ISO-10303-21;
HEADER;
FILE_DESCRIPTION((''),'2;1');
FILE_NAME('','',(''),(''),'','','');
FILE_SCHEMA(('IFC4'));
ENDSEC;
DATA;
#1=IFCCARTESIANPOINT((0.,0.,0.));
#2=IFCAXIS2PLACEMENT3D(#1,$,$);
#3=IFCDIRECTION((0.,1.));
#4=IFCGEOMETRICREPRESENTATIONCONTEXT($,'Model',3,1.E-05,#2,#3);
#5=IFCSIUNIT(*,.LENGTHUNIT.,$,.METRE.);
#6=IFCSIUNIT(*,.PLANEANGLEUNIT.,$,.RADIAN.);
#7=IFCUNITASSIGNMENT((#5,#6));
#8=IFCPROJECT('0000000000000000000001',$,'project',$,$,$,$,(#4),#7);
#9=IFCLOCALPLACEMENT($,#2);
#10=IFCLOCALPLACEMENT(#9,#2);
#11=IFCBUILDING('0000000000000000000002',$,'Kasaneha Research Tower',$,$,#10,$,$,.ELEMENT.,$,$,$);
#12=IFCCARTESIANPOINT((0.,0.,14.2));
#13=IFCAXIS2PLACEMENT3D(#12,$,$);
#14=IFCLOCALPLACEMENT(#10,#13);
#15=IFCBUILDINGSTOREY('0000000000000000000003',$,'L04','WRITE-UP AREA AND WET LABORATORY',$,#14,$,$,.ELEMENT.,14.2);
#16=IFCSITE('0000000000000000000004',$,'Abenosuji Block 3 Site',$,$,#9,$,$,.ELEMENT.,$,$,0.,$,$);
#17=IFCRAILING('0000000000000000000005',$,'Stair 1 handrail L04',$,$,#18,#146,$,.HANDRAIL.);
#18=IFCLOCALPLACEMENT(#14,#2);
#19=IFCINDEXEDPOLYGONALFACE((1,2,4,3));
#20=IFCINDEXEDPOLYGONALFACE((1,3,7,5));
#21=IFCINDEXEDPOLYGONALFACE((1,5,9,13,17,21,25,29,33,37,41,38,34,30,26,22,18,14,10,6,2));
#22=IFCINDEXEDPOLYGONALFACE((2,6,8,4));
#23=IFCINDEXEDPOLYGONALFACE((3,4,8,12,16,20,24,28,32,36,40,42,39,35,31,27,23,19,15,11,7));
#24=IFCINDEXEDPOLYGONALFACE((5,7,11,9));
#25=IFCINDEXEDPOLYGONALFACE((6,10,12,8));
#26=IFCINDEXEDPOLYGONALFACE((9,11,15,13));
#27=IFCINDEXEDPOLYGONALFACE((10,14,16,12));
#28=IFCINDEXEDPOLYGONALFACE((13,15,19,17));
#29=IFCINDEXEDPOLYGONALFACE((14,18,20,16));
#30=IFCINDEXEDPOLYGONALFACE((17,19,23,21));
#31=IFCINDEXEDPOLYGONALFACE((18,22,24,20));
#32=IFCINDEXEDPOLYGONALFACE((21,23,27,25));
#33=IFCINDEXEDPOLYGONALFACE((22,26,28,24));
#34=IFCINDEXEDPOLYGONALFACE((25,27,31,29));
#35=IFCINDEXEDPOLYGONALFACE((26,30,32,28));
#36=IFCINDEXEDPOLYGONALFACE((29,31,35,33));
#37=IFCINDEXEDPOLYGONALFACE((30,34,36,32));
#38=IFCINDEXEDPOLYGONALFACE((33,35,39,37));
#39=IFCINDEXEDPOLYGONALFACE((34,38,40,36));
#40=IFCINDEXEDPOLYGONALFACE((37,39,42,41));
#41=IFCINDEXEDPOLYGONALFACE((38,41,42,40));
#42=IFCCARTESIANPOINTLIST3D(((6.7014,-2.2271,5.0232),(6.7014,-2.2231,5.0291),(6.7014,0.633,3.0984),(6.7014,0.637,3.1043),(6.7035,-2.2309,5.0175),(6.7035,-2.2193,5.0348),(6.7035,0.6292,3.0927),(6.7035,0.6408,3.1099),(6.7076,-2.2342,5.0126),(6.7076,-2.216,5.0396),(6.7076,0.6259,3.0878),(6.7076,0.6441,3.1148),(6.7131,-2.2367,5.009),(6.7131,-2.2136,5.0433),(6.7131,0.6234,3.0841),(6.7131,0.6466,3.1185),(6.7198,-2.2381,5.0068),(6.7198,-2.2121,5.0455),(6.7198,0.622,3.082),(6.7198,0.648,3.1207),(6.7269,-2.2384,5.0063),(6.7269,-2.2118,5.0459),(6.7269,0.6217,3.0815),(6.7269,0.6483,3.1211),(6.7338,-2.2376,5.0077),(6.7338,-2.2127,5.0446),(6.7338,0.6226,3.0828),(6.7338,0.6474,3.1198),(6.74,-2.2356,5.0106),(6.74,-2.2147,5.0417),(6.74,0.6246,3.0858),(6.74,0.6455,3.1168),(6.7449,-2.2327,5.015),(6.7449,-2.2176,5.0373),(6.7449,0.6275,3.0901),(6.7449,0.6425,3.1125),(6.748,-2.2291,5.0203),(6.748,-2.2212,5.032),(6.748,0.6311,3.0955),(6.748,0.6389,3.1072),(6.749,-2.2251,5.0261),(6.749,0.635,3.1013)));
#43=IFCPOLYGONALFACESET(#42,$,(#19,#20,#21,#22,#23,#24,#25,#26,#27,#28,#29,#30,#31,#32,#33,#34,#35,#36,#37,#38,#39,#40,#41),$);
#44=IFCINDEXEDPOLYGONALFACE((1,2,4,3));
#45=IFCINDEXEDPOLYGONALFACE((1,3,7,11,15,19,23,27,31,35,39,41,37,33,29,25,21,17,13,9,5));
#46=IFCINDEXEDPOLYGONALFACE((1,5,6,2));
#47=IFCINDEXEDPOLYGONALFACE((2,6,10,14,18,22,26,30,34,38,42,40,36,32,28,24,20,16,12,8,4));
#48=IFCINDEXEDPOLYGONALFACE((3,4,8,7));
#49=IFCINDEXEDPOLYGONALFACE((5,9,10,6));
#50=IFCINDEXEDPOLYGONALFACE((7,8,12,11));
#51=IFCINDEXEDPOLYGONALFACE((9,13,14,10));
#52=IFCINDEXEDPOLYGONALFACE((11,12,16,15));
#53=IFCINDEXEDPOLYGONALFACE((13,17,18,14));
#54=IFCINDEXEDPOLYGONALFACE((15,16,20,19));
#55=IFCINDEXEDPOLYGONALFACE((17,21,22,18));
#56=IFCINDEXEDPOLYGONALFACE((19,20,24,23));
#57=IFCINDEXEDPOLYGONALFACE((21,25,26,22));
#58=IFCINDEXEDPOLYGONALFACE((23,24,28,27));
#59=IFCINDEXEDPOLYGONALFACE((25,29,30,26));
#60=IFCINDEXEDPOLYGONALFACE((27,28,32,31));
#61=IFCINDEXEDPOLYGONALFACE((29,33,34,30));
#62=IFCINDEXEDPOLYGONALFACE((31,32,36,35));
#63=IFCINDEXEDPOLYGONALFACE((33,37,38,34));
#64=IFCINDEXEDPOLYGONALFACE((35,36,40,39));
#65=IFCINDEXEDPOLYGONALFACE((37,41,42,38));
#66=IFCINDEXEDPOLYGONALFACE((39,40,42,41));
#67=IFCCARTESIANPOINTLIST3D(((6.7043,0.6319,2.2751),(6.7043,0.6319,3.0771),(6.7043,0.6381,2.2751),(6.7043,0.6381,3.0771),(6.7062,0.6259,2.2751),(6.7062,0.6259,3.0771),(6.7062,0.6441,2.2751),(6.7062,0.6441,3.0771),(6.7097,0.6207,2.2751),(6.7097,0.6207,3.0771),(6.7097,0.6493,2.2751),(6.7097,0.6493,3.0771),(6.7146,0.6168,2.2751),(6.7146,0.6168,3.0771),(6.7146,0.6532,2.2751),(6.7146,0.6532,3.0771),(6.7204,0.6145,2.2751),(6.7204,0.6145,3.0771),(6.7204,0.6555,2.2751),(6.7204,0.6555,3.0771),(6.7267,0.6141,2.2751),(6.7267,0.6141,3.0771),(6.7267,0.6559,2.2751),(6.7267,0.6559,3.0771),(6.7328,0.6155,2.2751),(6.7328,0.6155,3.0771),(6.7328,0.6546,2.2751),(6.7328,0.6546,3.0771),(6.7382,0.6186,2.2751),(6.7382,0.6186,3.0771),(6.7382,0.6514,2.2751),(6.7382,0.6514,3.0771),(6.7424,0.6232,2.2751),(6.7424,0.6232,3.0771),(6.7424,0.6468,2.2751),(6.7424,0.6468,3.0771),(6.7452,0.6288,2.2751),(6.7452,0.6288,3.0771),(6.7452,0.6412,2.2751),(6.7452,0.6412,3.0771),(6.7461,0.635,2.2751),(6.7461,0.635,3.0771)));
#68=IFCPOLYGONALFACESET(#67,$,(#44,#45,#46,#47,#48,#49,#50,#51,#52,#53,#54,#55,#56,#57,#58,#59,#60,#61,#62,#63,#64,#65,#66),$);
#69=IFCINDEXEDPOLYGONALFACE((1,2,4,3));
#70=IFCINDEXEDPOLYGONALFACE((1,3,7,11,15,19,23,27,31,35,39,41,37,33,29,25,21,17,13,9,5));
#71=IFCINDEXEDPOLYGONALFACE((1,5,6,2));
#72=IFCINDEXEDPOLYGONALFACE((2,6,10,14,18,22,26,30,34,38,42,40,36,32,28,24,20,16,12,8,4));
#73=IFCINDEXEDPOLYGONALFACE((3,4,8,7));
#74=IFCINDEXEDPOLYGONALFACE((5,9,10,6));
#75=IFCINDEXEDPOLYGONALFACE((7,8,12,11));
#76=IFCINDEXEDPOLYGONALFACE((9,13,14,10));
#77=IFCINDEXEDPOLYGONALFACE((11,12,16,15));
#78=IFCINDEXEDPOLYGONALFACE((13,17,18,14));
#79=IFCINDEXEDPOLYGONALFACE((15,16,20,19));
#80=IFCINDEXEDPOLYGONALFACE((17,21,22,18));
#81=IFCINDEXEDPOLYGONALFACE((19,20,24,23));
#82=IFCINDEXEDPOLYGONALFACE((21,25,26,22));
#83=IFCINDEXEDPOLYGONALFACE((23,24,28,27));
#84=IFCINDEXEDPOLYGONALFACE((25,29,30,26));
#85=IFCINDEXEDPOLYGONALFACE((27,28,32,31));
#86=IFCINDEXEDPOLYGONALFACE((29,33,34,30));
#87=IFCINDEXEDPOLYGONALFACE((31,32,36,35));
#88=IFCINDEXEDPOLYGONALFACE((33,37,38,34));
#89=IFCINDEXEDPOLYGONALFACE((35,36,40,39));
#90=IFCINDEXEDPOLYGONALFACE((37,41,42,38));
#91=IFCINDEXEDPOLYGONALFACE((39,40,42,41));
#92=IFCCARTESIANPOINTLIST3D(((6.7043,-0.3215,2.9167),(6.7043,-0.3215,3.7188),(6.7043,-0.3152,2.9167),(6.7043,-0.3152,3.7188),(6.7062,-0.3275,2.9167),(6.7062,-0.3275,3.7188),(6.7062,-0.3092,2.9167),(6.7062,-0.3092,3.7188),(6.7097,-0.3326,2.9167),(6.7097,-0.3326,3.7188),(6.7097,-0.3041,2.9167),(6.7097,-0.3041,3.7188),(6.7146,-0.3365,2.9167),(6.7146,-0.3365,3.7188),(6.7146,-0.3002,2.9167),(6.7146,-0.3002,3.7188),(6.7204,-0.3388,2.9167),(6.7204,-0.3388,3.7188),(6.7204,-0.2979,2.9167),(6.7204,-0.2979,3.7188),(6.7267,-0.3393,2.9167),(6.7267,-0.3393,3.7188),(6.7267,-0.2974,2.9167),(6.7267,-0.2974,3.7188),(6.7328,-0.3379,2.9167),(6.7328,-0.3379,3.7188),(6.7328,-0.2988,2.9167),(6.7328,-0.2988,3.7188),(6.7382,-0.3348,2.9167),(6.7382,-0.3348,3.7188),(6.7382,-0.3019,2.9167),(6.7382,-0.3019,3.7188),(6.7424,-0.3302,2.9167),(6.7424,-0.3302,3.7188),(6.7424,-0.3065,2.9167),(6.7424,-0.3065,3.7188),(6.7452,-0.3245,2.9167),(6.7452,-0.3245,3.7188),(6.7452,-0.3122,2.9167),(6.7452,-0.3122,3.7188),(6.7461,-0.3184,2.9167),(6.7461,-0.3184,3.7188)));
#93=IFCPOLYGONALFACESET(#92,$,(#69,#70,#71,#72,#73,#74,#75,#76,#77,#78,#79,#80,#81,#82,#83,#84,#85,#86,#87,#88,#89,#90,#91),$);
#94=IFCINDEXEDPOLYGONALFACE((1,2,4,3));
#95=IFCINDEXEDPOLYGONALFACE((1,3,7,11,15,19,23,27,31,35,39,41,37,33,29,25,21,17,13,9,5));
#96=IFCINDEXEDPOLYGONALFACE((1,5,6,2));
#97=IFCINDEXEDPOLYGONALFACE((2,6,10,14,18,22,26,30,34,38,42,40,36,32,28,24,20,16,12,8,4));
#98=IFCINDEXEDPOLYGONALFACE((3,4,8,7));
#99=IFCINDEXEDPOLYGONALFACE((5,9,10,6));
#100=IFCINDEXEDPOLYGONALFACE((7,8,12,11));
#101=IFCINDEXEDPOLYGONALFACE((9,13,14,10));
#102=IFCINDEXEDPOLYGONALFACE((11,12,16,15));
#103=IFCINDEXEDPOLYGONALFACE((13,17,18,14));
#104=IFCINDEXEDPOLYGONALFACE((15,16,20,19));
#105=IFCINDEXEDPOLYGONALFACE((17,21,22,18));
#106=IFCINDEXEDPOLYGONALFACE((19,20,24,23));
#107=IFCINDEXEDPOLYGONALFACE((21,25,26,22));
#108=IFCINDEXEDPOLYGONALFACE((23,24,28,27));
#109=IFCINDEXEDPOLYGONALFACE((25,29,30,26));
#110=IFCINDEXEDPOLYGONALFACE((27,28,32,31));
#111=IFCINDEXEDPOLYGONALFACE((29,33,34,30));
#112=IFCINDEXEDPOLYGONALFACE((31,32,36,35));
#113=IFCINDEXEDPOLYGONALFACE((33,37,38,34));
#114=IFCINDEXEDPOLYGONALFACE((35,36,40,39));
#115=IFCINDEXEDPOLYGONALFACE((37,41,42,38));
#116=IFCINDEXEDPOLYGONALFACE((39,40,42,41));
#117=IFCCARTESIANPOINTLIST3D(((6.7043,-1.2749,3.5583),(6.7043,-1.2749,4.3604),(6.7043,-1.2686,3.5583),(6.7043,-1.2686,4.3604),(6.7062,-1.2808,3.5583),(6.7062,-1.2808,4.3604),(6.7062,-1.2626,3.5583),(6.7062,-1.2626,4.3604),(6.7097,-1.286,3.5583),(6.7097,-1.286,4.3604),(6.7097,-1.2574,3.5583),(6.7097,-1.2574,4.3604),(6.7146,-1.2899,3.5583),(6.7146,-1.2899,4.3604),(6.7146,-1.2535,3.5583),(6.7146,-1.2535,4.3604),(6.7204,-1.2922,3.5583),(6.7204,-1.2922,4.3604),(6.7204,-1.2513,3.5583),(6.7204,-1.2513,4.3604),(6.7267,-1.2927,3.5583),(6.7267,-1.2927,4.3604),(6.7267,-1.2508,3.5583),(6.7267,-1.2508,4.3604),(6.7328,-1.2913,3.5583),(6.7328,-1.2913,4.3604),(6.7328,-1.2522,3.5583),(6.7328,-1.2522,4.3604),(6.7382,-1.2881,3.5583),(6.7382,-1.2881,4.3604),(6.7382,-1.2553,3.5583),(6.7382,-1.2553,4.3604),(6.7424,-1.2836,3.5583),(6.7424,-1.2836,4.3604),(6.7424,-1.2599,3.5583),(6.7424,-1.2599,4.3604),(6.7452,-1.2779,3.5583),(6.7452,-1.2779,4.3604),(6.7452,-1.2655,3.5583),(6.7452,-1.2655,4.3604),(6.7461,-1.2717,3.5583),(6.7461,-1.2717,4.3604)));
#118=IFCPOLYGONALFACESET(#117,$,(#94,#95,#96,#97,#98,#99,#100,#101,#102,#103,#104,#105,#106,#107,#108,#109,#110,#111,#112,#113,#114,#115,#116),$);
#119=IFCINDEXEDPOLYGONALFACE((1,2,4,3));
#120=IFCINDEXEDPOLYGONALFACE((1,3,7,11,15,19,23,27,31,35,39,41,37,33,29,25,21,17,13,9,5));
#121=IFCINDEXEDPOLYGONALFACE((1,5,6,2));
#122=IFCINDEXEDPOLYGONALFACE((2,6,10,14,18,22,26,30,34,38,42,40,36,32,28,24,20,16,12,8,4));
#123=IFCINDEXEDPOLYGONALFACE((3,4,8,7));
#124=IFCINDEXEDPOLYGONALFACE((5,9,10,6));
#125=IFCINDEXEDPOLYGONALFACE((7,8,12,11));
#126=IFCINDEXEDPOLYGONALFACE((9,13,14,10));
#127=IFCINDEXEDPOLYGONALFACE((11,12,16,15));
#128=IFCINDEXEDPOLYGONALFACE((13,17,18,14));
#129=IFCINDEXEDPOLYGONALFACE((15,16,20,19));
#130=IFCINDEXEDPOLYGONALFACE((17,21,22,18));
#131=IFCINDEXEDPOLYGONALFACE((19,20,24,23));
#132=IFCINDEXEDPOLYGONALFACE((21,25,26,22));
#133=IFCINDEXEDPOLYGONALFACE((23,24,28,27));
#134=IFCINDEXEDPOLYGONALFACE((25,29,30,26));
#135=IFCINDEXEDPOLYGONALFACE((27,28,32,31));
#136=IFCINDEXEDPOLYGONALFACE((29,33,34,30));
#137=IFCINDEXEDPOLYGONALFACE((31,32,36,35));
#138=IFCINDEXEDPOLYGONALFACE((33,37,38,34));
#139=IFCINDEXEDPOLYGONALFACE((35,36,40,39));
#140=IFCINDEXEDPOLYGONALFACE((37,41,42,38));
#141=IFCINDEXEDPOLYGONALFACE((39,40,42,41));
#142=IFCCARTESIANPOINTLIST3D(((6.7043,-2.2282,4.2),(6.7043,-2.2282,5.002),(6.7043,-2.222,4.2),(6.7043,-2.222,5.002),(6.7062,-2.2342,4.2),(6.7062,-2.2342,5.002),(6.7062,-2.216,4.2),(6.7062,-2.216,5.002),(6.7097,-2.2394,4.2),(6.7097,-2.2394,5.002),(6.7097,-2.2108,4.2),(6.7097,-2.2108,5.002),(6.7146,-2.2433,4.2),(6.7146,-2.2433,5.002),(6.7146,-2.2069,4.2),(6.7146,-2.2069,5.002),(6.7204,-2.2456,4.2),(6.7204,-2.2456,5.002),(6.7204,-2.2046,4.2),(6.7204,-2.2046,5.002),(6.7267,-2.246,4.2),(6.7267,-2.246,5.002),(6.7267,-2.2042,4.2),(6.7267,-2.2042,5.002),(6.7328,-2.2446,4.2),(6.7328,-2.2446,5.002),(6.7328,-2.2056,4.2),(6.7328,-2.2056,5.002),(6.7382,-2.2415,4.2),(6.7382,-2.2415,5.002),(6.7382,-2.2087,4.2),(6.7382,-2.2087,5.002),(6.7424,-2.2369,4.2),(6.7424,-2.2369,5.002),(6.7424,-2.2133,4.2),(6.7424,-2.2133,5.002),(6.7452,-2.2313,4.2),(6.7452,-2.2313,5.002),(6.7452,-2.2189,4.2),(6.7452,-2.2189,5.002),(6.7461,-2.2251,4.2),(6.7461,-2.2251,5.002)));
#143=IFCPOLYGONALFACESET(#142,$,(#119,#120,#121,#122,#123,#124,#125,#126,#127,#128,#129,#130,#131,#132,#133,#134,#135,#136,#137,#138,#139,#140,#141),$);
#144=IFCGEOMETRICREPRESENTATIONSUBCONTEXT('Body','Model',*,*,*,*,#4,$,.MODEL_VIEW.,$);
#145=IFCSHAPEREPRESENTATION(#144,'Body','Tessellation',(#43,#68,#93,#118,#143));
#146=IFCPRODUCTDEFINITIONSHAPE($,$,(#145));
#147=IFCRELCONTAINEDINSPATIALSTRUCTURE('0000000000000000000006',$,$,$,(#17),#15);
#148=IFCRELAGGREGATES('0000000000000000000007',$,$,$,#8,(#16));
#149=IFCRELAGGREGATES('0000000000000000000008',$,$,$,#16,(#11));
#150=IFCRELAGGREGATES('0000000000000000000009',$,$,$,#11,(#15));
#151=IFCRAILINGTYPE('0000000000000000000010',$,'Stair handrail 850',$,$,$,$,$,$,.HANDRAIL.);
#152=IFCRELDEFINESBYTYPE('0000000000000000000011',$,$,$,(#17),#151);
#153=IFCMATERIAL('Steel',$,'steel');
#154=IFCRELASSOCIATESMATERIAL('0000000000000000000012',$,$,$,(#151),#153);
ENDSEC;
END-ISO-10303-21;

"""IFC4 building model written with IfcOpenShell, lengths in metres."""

from ifc_helpers import new_model, si_unit, direction, frame, origin, origin_2d, place, context, subcontext, project, spatial, circle, extrude, material, type_object, element, save


model = new_model("IFC4")

# Units and contexts
model_context = context("Model", 3, precision=1e-05, world=origin(), true_north=direction((0.0, 1.0)))
body_context = subcontext(model_context, "Body", "Model", "MODEL_VIEW")
ifc_project = project(units=[si_unit("LENGTHUNIT", "METRE"), si_unit("PLANEANGLEUNIT", "RADIAN")], contexts=[model_context])

# Site, building, storey
site_placement = place(None, origin())
site = spatial("IfcSite", under=ifc_project, at=site_placement, Name="Abenosuji Block 3 Site", CompositionType="ELEMENT", RefElevation=0.0)
building_placement = place(site_placement, origin())
building = spatial("IfcBuilding", under=site, at=building_placement, Name="Kasaneha Research Tower", CompositionType="ELEMENT")
storey_placement = place(building_placement, frame((0.0, 0.0, 14.2)))
storey = spatial("IfcBuildingStorey", under=building, at=storey_placement, Name="L04", Description="WRITE-UP AREA AND WET LABORATORY", CompositionType="ELEMENT", Elevation=14.2)

# Railing
ifc_material_1 = material(Name="Steel", Category="steel")
railing_type_1 = type_object("IfcRailingType", Name="Stair handrail 850", PredefinedType="HANDRAIL", material=ifc_material_1)
railing_1_placement = place(storey_placement, frame((6.7251, 0.635, 2.2751)))
element("IfcRailing", 1, at=railing_1_placement, inside=storey, type_object=railing_type_1, Name="Stair 1 handrail L04", PredefinedType="HANDRAIL", context=body_context, shape_type="SweptSolid", body=[
    extrude(circle(Radius=0.0239, at=origin_2d()), frame((0.0, 0.0, 0.8262), z_axis=(0.0, -0.829624, 0.558323), x_axis=(1.0, 0.0, 0.0)), (0.0, 0.0, 1.0), 3.4475),
    extrude(circle(Radius=0.021, at=origin_2d()), origin(), (0.0, 0.0, 1.0), 0.802),
    extrude(circle(Radius=0.021, at=origin_2d()), frame((0.0, -0.9534, 0.6416)), (0.0, 0.0, 1.0), 0.802),
    extrude(circle(Radius=0.021, at=origin_2d()), frame((0.0, -1.9067, 1.2832)), (0.0, 0.0, 1.0), 0.802),
    extrude(circle(Radius=0.021, at=origin_2d()), frame((0.0, -2.8601, 1.9248)), (0.0, 0.0, 1.0), 0.802),
])

save(model, "model.ifc")
